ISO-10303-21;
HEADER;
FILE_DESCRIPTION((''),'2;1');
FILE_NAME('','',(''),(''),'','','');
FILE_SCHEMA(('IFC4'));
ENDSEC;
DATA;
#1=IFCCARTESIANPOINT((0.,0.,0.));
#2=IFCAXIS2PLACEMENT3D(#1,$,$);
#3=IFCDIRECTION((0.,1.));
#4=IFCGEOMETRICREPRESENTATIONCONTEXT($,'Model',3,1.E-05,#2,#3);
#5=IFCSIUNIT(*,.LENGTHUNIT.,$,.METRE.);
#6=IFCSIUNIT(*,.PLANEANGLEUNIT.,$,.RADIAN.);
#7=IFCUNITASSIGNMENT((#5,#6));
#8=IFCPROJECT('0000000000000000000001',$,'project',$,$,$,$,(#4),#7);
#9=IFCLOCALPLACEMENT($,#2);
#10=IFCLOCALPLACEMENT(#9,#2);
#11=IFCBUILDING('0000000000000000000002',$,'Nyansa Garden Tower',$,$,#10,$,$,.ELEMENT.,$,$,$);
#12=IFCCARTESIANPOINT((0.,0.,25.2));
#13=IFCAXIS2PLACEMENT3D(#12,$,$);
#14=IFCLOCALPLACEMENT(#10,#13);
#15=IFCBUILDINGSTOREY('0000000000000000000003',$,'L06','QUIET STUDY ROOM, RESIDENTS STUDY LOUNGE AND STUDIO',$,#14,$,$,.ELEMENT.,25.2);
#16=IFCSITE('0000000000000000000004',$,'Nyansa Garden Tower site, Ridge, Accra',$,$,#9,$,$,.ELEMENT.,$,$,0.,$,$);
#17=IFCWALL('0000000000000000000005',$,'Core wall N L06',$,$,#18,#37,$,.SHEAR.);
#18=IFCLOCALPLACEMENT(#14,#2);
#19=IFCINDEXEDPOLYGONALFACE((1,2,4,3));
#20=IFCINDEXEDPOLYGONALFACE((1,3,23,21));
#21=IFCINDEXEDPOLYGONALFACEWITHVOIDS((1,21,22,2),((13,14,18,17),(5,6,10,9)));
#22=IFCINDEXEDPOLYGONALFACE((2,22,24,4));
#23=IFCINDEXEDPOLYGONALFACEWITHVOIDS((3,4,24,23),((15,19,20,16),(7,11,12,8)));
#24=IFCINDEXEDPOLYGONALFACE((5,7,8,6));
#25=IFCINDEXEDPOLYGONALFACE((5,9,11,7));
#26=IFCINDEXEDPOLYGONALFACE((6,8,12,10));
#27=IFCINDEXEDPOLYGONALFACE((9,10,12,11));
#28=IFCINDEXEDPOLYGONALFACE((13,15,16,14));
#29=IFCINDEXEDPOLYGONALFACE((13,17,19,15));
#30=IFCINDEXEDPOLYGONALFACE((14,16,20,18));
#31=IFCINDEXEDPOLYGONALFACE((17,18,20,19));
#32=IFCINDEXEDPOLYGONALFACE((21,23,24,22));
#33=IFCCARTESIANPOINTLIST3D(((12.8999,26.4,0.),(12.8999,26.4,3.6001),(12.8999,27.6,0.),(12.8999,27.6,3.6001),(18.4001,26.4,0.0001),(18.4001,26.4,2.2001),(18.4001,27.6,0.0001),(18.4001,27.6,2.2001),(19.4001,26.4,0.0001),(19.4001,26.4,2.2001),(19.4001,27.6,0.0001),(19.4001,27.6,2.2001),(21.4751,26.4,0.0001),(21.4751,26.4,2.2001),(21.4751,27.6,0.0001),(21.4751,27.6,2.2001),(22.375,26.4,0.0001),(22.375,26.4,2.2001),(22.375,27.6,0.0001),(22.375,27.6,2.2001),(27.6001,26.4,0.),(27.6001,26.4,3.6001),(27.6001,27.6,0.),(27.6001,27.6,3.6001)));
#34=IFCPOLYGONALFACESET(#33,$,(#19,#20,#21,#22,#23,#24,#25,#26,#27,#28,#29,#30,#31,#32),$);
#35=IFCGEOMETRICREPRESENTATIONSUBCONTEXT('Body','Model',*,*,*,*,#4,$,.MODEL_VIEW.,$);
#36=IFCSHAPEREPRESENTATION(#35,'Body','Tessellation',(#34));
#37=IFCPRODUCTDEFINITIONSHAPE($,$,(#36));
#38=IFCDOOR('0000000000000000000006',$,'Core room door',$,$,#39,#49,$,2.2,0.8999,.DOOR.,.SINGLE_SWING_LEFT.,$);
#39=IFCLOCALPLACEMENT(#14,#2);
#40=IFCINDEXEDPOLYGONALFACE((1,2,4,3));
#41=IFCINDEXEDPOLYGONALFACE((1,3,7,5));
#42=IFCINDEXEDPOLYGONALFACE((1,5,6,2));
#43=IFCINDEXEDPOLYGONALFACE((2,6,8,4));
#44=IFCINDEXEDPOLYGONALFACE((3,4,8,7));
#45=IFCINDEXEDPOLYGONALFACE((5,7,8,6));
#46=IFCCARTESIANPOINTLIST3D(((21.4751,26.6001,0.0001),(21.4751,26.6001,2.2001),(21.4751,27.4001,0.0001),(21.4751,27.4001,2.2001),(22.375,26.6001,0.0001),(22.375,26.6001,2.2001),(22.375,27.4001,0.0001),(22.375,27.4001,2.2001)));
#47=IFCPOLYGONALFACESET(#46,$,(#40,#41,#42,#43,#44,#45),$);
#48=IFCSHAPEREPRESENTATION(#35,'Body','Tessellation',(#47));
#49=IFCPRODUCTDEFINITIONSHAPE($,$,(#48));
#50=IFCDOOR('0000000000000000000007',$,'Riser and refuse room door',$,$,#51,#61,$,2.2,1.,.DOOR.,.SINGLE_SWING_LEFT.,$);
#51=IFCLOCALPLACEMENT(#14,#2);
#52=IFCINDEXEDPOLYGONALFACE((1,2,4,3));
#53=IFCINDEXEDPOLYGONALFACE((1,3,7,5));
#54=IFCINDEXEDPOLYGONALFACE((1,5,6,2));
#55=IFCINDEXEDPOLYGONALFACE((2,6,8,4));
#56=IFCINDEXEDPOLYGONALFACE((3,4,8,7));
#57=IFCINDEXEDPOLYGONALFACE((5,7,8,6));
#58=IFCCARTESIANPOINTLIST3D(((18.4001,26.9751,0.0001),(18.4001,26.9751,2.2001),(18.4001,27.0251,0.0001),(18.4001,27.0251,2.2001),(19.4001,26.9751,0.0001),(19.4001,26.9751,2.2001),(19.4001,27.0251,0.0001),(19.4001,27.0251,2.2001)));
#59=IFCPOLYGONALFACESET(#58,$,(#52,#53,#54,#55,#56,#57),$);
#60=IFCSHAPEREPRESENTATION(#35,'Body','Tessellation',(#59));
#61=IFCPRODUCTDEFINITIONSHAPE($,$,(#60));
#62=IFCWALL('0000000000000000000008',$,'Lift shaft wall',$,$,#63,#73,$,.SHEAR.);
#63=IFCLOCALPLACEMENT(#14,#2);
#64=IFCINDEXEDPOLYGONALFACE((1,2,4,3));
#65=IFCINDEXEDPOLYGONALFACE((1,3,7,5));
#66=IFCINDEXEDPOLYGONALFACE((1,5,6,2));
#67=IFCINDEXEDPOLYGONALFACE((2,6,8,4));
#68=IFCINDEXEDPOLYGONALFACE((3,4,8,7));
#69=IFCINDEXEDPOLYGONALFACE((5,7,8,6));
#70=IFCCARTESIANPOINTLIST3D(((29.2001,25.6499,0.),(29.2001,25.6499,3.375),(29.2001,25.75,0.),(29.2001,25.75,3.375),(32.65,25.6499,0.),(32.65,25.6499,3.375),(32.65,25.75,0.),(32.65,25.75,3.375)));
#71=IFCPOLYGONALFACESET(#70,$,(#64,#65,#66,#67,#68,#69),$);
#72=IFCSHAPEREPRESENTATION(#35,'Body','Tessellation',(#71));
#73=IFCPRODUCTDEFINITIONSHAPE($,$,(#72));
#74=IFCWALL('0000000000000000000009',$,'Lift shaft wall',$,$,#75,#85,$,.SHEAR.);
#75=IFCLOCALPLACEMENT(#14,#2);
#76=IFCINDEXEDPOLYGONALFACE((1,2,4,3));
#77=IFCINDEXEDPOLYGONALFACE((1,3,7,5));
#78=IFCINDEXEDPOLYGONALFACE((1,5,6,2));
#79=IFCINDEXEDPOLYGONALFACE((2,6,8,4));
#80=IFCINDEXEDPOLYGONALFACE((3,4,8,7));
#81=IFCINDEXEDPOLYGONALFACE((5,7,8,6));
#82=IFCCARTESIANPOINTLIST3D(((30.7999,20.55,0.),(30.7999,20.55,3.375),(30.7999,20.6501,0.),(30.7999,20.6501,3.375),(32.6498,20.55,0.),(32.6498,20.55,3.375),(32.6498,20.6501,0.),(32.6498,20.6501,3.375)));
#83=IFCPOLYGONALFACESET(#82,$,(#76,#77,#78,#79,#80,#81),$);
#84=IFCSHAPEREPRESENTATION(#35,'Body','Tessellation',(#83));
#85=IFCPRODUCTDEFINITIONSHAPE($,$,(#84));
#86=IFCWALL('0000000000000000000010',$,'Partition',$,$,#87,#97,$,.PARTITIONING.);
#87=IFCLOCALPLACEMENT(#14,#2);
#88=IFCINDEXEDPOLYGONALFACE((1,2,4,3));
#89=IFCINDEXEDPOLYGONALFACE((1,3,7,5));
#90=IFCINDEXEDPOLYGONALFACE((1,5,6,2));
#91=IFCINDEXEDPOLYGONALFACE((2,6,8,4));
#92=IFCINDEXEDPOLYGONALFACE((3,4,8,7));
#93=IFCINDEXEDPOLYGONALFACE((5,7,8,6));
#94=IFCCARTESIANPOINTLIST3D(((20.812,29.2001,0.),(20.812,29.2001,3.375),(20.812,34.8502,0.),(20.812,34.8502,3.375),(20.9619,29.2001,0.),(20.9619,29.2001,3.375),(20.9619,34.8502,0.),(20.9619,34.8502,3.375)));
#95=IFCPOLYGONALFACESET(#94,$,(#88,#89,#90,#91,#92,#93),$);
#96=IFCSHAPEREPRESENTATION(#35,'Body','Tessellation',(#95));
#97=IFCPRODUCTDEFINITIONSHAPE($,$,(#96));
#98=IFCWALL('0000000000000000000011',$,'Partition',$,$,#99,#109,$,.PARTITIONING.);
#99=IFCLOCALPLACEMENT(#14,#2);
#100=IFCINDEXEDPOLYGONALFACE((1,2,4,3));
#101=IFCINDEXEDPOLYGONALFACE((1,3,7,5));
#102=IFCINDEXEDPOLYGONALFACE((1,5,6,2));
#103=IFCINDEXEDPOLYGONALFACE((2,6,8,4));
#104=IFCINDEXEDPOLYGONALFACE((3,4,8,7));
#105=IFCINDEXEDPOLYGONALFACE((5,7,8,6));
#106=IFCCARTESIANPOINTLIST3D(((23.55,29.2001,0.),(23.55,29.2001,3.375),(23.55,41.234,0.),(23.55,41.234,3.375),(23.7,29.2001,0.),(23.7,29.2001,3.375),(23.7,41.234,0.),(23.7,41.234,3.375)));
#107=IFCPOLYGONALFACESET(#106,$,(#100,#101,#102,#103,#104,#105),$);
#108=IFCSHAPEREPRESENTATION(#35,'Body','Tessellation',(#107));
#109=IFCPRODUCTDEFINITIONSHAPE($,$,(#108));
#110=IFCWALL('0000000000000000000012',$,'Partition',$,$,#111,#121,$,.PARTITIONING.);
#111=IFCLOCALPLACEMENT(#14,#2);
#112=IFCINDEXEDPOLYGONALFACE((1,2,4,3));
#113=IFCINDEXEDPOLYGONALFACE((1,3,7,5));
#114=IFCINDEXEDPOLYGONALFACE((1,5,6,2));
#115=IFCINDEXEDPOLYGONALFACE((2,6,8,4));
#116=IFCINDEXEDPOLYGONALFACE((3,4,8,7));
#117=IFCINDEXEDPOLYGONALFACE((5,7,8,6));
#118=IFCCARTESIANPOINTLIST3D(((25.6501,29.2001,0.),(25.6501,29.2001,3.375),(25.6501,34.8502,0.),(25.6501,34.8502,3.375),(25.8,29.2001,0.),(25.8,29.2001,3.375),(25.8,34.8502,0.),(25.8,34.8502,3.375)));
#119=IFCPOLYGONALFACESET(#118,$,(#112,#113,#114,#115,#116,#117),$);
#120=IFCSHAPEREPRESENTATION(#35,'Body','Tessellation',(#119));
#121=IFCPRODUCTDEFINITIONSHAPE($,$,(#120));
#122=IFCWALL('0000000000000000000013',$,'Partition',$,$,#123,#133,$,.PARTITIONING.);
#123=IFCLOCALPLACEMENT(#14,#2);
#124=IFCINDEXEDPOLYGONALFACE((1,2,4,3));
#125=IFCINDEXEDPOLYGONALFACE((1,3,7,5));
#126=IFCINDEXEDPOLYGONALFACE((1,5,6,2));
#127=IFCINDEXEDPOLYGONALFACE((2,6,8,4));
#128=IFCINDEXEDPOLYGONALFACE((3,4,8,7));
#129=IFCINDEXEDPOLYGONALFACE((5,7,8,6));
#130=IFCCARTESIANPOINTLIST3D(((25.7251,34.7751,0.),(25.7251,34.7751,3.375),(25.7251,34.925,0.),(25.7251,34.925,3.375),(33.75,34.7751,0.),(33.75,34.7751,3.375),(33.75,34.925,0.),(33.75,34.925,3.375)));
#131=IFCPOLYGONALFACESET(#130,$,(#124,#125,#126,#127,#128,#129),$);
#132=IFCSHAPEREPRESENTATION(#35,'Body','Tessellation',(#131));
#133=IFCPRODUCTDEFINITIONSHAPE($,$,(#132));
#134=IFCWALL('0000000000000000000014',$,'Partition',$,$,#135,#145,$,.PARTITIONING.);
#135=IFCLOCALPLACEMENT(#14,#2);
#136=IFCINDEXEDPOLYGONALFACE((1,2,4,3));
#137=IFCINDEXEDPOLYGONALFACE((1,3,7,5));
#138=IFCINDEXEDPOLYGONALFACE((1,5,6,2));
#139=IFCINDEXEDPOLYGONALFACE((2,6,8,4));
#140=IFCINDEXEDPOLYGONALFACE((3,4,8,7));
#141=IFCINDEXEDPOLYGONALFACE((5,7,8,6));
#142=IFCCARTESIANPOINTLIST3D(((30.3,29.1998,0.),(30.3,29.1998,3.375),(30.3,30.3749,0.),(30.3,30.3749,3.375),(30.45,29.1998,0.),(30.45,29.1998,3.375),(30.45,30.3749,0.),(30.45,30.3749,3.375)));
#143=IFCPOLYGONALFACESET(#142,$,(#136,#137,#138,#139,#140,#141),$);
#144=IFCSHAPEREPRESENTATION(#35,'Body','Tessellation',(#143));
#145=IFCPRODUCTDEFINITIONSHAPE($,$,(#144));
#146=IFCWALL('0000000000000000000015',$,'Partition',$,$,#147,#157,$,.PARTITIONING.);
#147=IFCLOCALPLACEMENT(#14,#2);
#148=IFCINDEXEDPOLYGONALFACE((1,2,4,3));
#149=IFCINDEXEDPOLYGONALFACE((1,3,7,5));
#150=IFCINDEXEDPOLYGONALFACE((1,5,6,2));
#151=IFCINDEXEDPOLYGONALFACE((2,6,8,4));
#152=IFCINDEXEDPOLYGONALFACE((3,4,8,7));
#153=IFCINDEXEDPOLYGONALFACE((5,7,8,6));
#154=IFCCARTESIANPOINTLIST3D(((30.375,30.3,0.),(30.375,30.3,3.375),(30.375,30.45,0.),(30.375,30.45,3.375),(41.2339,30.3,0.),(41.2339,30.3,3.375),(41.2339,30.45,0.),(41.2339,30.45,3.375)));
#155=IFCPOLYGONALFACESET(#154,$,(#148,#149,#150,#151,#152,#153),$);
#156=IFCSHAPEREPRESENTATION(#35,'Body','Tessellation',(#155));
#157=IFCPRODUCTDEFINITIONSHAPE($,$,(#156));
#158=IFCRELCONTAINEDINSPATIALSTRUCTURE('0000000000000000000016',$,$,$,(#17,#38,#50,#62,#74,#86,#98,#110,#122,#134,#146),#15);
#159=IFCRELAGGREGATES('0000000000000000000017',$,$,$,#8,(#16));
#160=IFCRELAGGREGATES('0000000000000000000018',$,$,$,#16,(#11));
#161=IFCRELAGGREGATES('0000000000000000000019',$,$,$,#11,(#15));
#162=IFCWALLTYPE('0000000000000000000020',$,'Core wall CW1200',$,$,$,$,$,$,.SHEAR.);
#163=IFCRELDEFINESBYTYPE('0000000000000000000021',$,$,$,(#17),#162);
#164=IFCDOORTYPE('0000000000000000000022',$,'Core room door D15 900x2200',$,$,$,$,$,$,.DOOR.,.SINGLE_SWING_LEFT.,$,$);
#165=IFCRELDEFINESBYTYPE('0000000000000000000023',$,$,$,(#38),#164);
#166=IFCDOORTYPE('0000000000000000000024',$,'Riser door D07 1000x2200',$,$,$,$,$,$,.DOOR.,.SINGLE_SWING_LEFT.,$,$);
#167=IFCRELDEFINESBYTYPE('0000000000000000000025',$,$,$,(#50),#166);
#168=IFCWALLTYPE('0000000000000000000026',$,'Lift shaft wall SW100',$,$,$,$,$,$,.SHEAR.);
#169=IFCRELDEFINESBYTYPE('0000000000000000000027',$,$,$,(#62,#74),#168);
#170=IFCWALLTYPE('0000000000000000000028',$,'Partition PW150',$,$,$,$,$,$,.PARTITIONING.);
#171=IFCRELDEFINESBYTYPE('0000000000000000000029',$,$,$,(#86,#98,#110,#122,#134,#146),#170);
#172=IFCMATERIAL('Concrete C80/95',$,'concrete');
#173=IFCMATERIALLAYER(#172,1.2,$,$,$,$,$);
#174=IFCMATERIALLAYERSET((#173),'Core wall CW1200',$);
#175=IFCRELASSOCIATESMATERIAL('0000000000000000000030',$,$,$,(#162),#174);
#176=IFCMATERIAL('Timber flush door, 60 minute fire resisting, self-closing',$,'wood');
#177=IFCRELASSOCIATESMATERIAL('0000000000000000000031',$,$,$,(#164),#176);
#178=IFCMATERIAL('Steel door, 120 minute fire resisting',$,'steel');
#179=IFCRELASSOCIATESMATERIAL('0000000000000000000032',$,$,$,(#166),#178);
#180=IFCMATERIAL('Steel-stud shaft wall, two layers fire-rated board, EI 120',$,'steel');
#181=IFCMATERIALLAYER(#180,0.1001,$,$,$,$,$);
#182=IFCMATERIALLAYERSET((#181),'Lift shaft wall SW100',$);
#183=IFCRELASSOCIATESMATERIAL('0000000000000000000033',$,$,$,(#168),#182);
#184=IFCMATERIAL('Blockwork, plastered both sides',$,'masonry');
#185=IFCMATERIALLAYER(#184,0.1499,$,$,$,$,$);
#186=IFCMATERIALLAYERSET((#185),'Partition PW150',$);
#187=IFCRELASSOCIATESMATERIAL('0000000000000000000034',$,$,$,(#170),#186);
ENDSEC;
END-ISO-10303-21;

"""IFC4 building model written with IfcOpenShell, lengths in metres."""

from ifc_helpers import new_model, si_unit, direction, frame, frame_2d, origin, place, context, subcontext, project, spatial, rectangle, extrude, material, layer, layer_set, type_object, element, fill, save


model = new_model("IFC4")

# Units and contexts
model_context = context("Model", 3, precision=1e-05, world=origin(), true_north=direction((0.0, 1.0)))
body_context = subcontext(model_context, "Body", "Model", "MODEL_VIEW")
ifc_project = project(units=[si_unit("LENGTHUNIT", "METRE"), si_unit("PLANEANGLEUNIT", "RADIAN")], contexts=[model_context])

# Site, building, storey
site_placement = place(None, origin())
site = spatial("IfcSite", under=ifc_project, at=site_placement, Name="Nyansa Garden Tower site, Ridge, Accra", CompositionType="ELEMENT", RefElevation=0.0)
building_placement = place(site_placement, origin())
building = spatial("IfcBuilding", under=site, at=building_placement, Name="Nyansa Garden Tower", CompositionType="ELEMENT")
storey_placement = place(building_placement, frame((0.0, 0.0, 25.2)))
storey = spatial("IfcBuildingStorey", under=building, at=storey_placement, Name="L06", Description="QUIET STUDY ROOM, RESIDENTS STUDY LOUNGE AND STUDIO", CompositionType="ELEMENT", Elevation=25.2)

# Wall, openings, doors
ifc_material_1 = material(Name="Concrete C80/95", Category="concrete")
ifc_layer_1 = layer(ifc_material_1, 1.2)
ifc_layer_set_1 = layer_set([ifc_layer_1], Name="Core wall CW1200")
wall_type_1 = type_object("IfcWallType", Name="Core wall CW1200", PredefinedType="SHEAR", material=ifc_layer_set_1)
wall_1_placement = place(storey_placement, frame((27.6001, 27.0, 0.0), z_axis=(0.0, 0.0, 1.0), x_axis=(-1.0, 0.0, 0.0)))
wall_1 = element("IfcWall", 1, at=wall_1_placement, inside=storey, type_object=wall_type_1, Name="Core wall N L06", PredefinedType="SHEAR", context=body_context, shape_type="SweptSolid", body=[
    extrude(rectangle(XDim=14.7002, YDim=1.2, at=frame_2d((7.3501, 0.0))), origin(), (0.0, 0.0, 1.0), 3.6001),
])
opening_1_placement = place(wall_1_placement, frame((5.2251, 0.0, 0.0)))
opening_1 = element("IfcOpeningElement", 2, at=opening_1_placement, cuts=wall_1, PredefinedType="OPENING", context=body_context, shape_type="SweptSolid", body=[
    extrude(rectangle(XDim=0.8999, YDim=2.2, at=frame_2d((0.45, 1.1001))), frame((0.0, 0.6099, 0.0), z_axis=(0.0, -1.0, 0.0), x_axis=(1.0, 0.0, 0.0)), (0.0, 0.0, 1.0), 1.22),
])
opening_2_placement = place(wall_1_placement, frame((8.2, 0.0, 0.0)))
opening_2 = element("IfcOpeningElement", 3, at=opening_2_placement, cuts=wall_1, PredefinedType="OPENING", context=body_context, shape_type="SweptSolid", body=[
    extrude(rectangle(XDim=1.0, YDim=2.2, at=frame_2d((0.5, 1.1001))), frame((0.0, 0.6099, 0.0), z_axis=(0.0, -1.0, 0.0), x_axis=(1.0, 0.0, 0.0)), (0.0, 0.0, 1.0), 1.22),
])
ifc_material_2 = material(Name="Timber flush door, 60 minute fire resisting, self-closing", Category="wood")
door_type_1 = type_object("IfcDoorType", Name="Core room door D15 900x2200", OperationType="SINGLE_SWING_LEFT", PredefinedType="DOOR", material=ifc_material_2)
door_1_placement = place(opening_1_placement, origin())
door_1 = element("IfcDoor", 4, at=door_1_placement, inside=storey, type_object=door_type_1, Name="Core room door", OperationType="SINGLE_SWING_LEFT", OverallHeight=2.2, OverallWidth=0.8999, PredefinedType="DOOR", context=body_context, shape_type="SweptSolid", body=[
    extrude(rectangle(XDim=0.8999, YDim=2.2, at=frame_2d((0.45, 1.1001))), frame((0.0, 0.3999, 0.0), z_axis=(0.0, -1.0, 0.0), x_axis=(1.0, 0.0, 0.0)), (0.0, 0.0, 1.0), 0.8),
])
fill(opening_1, door_1)
ifc_material_3 = material(Name="Steel door, 120 minute fire resisting", Category="steel")
door_type_2 = type_object("IfcDoorType", Name="Riser door D07 1000x2200", OperationType="SINGLE_SWING_LEFT", PredefinedType="DOOR", material=ifc_material_3)
door_2_placement = place(opening_2_placement, origin())
door_2 = element("IfcDoor", 5, at=door_2_placement, inside=storey, type_object=door_type_2, Name="Riser and refuse room door", OperationType="SINGLE_SWING_LEFT", OverallHeight=2.2, OverallWidth=1.0, PredefinedType="DOOR", context=body_context, shape_type="SweptSolid", body=[
    extrude(rectangle(XDim=1.0, YDim=2.2, at=frame_2d((0.5, 1.1001))), frame((0.0, 0.0249, 0.0), z_axis=(0.0, -1.0, 0.0), x_axis=(1.0, 0.0, 0.0)), (0.0, 0.0, 1.0), 0.05),
])
fill(opening_2, door_2)

# Walls
ifc_material_4 = material(Name="Steel-stud shaft wall, two layers fire-rated board, EI 120", Category="steel")
ifc_layer_2 = layer(ifc_material_4, 0.1001)
ifc_layer_set_2 = layer_set([ifc_layer_2], Name="Lift shaft wall SW100")
wall_type_2 = type_object("IfcWallType", Name="Lift shaft wall SW100", PredefinedType="SHEAR", material=ifc_layer_set_2)
wall_2_placement = place(storey_placement, frame((29.2, 25.7, 0.0), z_axis=(0.0, 0.0, 1.0), x_axis=(1.0, 0.0, 0.0)))
element("IfcWall", 6, at=wall_2_placement, inside=storey, type_object=wall_type_2, Name="Lift shaft wall", PredefinedType="SHEAR", context=body_context, shape_type="SweptSolid", body=[
    extrude(rectangle(XDim=3.45, YDim=0.1001, at=frame_2d((1.7251, 0.0))), origin(), (0.0, 0.0, 1.0), 3.375),
])
wall_3_placement = place(storey_placement, frame((30.8, 20.6001, 0.0), z_axis=(0.0, 0.0, 1.0), x_axis=(1.0, 0.0, 0.0)))
element("IfcWall", 7, at=wall_3_placement, inside=storey, type_object=wall_type_2, Name="Lift shaft wall", PredefinedType="SHEAR", context=body_context, shape_type="SweptSolid", body=[
    extrude(rectangle(XDim=1.8499, YDim=0.1001, at=frame_2d((0.9248, 0.0))), origin(), (0.0, 0.0, 1.0), 3.375),
])
ifc_material_5 = material(Name="Blockwork, plastered both sides", Category="masonry")
ifc_layer_3 = layer(ifc_material_5, 0.1499)
ifc_layer_set_3 = layer_set([ifc_layer_3], Name="Partition PW150")
wall_type_3 = type_object("IfcWallType", Name="Partition PW150", PredefinedType="PARTITIONING", material=ifc_layer_set_3)
wall_4_placement = place(storey_placement, frame((20.887, 29.2, 0.0), z_axis=(0.0, 0.0, 1.0), x_axis=(0.0, 1.0, 0.0)))
element("IfcWall", 8, at=wall_4_placement, inside=storey, type_object=wall_type_3, Name="Partition", PredefinedType="PARTITIONING", context=body_context, shape_type="SweptSolid", body=[
    extrude(rectangle(XDim=5.6501, YDim=0.1499, at=frame_2d((2.8252, 0.0))), origin(), (0.0, 0.0, 1.0), 3.375),
])
wall_5_placement = place(storey_placement, frame((23.625, 29.2, 0.0), z_axis=(0.0, 0.0, 1.0), x_axis=(0.0, 1.0, 0.0)))
element("IfcWall", 9, at=wall_5_placement, inside=storey, type_object=wall_type_3, Name="Partition", PredefinedType="PARTITIONING", context=body_context, shape_type="SweptSolid", body=[
    extrude(rectangle(XDim=12.0339, YDim=0.1499, at=frame_2d((6.0171, 0.0))), origin(), (0.0, 0.0, 1.0), 3.375),
])
wall_6_placement = place(storey_placement, frame((25.7251, 29.2, 0.0), z_axis=(0.0, 0.0, 1.0), x_axis=(0.0, 1.0, 0.0)))
element("IfcWall", 10, at=wall_6_placement, inside=storey, type_object=wall_type_3, Name="Partition", PredefinedType="PARTITIONING", context=body_context, shape_type="SweptSolid", body=[
    extrude(rectangle(XDim=5.6501, YDim=0.1499, at=frame_2d((2.8252, 0.0))), origin(), (0.0, 0.0, 1.0), 3.375),
])
wall_7_placement = place(storey_placement, frame((25.7251, 34.8501, 0.0), z_axis=(0.0, 0.0, 1.0), x_axis=(1.0, 0.0, 0.0)))
element("IfcWall", 11, at=wall_7_placement, inside=storey, type_object=wall_type_3, Name="Partition", PredefinedType="PARTITIONING", context=body_context, shape_type="SweptSolid", body=[
    extrude(rectangle(XDim=8.0249, YDim=0.1499, at=frame_2d((4.0125, 0.0))), origin(), (0.0, 0.0, 1.0), 3.375),
])
wall_8_placement = place(storey_placement, frame((30.375, 29.2, 0.0), z_axis=(0.0, 0.0, 1.0), x_axis=(0.0, 1.0, 0.0)))
element("IfcWall", 12, at=wall_8_placement, inside=storey, type_object=wall_type_3, Name="Partition", PredefinedType="PARTITIONING", context=body_context, shape_type="SweptSolid", body=[
    extrude(rectangle(XDim=1.175, YDim=0.1499, at=frame_2d((0.5874, 0.0))), origin(), (0.0, 0.0, 1.0), 3.375),
])
wall_9_placement = place(storey_placement, frame((30.375, 30.375, 0.0), z_axis=(0.0, 0.0, 1.0), x_axis=(1.0, 0.0, 0.0)))
element("IfcWall", 13, at=wall_9_placement, inside=storey, type_object=wall_type_3, Name="Partition", PredefinedType="PARTITIONING", context=body_context, shape_type="SweptSolid", body=[
    extrude(rectangle(XDim=10.8589, YDim=0.1499, at=frame_2d((5.4294, 0.0))), origin(), (0.0, 0.0, 1.0), 3.375),
])

save(model, "model.ifc")
